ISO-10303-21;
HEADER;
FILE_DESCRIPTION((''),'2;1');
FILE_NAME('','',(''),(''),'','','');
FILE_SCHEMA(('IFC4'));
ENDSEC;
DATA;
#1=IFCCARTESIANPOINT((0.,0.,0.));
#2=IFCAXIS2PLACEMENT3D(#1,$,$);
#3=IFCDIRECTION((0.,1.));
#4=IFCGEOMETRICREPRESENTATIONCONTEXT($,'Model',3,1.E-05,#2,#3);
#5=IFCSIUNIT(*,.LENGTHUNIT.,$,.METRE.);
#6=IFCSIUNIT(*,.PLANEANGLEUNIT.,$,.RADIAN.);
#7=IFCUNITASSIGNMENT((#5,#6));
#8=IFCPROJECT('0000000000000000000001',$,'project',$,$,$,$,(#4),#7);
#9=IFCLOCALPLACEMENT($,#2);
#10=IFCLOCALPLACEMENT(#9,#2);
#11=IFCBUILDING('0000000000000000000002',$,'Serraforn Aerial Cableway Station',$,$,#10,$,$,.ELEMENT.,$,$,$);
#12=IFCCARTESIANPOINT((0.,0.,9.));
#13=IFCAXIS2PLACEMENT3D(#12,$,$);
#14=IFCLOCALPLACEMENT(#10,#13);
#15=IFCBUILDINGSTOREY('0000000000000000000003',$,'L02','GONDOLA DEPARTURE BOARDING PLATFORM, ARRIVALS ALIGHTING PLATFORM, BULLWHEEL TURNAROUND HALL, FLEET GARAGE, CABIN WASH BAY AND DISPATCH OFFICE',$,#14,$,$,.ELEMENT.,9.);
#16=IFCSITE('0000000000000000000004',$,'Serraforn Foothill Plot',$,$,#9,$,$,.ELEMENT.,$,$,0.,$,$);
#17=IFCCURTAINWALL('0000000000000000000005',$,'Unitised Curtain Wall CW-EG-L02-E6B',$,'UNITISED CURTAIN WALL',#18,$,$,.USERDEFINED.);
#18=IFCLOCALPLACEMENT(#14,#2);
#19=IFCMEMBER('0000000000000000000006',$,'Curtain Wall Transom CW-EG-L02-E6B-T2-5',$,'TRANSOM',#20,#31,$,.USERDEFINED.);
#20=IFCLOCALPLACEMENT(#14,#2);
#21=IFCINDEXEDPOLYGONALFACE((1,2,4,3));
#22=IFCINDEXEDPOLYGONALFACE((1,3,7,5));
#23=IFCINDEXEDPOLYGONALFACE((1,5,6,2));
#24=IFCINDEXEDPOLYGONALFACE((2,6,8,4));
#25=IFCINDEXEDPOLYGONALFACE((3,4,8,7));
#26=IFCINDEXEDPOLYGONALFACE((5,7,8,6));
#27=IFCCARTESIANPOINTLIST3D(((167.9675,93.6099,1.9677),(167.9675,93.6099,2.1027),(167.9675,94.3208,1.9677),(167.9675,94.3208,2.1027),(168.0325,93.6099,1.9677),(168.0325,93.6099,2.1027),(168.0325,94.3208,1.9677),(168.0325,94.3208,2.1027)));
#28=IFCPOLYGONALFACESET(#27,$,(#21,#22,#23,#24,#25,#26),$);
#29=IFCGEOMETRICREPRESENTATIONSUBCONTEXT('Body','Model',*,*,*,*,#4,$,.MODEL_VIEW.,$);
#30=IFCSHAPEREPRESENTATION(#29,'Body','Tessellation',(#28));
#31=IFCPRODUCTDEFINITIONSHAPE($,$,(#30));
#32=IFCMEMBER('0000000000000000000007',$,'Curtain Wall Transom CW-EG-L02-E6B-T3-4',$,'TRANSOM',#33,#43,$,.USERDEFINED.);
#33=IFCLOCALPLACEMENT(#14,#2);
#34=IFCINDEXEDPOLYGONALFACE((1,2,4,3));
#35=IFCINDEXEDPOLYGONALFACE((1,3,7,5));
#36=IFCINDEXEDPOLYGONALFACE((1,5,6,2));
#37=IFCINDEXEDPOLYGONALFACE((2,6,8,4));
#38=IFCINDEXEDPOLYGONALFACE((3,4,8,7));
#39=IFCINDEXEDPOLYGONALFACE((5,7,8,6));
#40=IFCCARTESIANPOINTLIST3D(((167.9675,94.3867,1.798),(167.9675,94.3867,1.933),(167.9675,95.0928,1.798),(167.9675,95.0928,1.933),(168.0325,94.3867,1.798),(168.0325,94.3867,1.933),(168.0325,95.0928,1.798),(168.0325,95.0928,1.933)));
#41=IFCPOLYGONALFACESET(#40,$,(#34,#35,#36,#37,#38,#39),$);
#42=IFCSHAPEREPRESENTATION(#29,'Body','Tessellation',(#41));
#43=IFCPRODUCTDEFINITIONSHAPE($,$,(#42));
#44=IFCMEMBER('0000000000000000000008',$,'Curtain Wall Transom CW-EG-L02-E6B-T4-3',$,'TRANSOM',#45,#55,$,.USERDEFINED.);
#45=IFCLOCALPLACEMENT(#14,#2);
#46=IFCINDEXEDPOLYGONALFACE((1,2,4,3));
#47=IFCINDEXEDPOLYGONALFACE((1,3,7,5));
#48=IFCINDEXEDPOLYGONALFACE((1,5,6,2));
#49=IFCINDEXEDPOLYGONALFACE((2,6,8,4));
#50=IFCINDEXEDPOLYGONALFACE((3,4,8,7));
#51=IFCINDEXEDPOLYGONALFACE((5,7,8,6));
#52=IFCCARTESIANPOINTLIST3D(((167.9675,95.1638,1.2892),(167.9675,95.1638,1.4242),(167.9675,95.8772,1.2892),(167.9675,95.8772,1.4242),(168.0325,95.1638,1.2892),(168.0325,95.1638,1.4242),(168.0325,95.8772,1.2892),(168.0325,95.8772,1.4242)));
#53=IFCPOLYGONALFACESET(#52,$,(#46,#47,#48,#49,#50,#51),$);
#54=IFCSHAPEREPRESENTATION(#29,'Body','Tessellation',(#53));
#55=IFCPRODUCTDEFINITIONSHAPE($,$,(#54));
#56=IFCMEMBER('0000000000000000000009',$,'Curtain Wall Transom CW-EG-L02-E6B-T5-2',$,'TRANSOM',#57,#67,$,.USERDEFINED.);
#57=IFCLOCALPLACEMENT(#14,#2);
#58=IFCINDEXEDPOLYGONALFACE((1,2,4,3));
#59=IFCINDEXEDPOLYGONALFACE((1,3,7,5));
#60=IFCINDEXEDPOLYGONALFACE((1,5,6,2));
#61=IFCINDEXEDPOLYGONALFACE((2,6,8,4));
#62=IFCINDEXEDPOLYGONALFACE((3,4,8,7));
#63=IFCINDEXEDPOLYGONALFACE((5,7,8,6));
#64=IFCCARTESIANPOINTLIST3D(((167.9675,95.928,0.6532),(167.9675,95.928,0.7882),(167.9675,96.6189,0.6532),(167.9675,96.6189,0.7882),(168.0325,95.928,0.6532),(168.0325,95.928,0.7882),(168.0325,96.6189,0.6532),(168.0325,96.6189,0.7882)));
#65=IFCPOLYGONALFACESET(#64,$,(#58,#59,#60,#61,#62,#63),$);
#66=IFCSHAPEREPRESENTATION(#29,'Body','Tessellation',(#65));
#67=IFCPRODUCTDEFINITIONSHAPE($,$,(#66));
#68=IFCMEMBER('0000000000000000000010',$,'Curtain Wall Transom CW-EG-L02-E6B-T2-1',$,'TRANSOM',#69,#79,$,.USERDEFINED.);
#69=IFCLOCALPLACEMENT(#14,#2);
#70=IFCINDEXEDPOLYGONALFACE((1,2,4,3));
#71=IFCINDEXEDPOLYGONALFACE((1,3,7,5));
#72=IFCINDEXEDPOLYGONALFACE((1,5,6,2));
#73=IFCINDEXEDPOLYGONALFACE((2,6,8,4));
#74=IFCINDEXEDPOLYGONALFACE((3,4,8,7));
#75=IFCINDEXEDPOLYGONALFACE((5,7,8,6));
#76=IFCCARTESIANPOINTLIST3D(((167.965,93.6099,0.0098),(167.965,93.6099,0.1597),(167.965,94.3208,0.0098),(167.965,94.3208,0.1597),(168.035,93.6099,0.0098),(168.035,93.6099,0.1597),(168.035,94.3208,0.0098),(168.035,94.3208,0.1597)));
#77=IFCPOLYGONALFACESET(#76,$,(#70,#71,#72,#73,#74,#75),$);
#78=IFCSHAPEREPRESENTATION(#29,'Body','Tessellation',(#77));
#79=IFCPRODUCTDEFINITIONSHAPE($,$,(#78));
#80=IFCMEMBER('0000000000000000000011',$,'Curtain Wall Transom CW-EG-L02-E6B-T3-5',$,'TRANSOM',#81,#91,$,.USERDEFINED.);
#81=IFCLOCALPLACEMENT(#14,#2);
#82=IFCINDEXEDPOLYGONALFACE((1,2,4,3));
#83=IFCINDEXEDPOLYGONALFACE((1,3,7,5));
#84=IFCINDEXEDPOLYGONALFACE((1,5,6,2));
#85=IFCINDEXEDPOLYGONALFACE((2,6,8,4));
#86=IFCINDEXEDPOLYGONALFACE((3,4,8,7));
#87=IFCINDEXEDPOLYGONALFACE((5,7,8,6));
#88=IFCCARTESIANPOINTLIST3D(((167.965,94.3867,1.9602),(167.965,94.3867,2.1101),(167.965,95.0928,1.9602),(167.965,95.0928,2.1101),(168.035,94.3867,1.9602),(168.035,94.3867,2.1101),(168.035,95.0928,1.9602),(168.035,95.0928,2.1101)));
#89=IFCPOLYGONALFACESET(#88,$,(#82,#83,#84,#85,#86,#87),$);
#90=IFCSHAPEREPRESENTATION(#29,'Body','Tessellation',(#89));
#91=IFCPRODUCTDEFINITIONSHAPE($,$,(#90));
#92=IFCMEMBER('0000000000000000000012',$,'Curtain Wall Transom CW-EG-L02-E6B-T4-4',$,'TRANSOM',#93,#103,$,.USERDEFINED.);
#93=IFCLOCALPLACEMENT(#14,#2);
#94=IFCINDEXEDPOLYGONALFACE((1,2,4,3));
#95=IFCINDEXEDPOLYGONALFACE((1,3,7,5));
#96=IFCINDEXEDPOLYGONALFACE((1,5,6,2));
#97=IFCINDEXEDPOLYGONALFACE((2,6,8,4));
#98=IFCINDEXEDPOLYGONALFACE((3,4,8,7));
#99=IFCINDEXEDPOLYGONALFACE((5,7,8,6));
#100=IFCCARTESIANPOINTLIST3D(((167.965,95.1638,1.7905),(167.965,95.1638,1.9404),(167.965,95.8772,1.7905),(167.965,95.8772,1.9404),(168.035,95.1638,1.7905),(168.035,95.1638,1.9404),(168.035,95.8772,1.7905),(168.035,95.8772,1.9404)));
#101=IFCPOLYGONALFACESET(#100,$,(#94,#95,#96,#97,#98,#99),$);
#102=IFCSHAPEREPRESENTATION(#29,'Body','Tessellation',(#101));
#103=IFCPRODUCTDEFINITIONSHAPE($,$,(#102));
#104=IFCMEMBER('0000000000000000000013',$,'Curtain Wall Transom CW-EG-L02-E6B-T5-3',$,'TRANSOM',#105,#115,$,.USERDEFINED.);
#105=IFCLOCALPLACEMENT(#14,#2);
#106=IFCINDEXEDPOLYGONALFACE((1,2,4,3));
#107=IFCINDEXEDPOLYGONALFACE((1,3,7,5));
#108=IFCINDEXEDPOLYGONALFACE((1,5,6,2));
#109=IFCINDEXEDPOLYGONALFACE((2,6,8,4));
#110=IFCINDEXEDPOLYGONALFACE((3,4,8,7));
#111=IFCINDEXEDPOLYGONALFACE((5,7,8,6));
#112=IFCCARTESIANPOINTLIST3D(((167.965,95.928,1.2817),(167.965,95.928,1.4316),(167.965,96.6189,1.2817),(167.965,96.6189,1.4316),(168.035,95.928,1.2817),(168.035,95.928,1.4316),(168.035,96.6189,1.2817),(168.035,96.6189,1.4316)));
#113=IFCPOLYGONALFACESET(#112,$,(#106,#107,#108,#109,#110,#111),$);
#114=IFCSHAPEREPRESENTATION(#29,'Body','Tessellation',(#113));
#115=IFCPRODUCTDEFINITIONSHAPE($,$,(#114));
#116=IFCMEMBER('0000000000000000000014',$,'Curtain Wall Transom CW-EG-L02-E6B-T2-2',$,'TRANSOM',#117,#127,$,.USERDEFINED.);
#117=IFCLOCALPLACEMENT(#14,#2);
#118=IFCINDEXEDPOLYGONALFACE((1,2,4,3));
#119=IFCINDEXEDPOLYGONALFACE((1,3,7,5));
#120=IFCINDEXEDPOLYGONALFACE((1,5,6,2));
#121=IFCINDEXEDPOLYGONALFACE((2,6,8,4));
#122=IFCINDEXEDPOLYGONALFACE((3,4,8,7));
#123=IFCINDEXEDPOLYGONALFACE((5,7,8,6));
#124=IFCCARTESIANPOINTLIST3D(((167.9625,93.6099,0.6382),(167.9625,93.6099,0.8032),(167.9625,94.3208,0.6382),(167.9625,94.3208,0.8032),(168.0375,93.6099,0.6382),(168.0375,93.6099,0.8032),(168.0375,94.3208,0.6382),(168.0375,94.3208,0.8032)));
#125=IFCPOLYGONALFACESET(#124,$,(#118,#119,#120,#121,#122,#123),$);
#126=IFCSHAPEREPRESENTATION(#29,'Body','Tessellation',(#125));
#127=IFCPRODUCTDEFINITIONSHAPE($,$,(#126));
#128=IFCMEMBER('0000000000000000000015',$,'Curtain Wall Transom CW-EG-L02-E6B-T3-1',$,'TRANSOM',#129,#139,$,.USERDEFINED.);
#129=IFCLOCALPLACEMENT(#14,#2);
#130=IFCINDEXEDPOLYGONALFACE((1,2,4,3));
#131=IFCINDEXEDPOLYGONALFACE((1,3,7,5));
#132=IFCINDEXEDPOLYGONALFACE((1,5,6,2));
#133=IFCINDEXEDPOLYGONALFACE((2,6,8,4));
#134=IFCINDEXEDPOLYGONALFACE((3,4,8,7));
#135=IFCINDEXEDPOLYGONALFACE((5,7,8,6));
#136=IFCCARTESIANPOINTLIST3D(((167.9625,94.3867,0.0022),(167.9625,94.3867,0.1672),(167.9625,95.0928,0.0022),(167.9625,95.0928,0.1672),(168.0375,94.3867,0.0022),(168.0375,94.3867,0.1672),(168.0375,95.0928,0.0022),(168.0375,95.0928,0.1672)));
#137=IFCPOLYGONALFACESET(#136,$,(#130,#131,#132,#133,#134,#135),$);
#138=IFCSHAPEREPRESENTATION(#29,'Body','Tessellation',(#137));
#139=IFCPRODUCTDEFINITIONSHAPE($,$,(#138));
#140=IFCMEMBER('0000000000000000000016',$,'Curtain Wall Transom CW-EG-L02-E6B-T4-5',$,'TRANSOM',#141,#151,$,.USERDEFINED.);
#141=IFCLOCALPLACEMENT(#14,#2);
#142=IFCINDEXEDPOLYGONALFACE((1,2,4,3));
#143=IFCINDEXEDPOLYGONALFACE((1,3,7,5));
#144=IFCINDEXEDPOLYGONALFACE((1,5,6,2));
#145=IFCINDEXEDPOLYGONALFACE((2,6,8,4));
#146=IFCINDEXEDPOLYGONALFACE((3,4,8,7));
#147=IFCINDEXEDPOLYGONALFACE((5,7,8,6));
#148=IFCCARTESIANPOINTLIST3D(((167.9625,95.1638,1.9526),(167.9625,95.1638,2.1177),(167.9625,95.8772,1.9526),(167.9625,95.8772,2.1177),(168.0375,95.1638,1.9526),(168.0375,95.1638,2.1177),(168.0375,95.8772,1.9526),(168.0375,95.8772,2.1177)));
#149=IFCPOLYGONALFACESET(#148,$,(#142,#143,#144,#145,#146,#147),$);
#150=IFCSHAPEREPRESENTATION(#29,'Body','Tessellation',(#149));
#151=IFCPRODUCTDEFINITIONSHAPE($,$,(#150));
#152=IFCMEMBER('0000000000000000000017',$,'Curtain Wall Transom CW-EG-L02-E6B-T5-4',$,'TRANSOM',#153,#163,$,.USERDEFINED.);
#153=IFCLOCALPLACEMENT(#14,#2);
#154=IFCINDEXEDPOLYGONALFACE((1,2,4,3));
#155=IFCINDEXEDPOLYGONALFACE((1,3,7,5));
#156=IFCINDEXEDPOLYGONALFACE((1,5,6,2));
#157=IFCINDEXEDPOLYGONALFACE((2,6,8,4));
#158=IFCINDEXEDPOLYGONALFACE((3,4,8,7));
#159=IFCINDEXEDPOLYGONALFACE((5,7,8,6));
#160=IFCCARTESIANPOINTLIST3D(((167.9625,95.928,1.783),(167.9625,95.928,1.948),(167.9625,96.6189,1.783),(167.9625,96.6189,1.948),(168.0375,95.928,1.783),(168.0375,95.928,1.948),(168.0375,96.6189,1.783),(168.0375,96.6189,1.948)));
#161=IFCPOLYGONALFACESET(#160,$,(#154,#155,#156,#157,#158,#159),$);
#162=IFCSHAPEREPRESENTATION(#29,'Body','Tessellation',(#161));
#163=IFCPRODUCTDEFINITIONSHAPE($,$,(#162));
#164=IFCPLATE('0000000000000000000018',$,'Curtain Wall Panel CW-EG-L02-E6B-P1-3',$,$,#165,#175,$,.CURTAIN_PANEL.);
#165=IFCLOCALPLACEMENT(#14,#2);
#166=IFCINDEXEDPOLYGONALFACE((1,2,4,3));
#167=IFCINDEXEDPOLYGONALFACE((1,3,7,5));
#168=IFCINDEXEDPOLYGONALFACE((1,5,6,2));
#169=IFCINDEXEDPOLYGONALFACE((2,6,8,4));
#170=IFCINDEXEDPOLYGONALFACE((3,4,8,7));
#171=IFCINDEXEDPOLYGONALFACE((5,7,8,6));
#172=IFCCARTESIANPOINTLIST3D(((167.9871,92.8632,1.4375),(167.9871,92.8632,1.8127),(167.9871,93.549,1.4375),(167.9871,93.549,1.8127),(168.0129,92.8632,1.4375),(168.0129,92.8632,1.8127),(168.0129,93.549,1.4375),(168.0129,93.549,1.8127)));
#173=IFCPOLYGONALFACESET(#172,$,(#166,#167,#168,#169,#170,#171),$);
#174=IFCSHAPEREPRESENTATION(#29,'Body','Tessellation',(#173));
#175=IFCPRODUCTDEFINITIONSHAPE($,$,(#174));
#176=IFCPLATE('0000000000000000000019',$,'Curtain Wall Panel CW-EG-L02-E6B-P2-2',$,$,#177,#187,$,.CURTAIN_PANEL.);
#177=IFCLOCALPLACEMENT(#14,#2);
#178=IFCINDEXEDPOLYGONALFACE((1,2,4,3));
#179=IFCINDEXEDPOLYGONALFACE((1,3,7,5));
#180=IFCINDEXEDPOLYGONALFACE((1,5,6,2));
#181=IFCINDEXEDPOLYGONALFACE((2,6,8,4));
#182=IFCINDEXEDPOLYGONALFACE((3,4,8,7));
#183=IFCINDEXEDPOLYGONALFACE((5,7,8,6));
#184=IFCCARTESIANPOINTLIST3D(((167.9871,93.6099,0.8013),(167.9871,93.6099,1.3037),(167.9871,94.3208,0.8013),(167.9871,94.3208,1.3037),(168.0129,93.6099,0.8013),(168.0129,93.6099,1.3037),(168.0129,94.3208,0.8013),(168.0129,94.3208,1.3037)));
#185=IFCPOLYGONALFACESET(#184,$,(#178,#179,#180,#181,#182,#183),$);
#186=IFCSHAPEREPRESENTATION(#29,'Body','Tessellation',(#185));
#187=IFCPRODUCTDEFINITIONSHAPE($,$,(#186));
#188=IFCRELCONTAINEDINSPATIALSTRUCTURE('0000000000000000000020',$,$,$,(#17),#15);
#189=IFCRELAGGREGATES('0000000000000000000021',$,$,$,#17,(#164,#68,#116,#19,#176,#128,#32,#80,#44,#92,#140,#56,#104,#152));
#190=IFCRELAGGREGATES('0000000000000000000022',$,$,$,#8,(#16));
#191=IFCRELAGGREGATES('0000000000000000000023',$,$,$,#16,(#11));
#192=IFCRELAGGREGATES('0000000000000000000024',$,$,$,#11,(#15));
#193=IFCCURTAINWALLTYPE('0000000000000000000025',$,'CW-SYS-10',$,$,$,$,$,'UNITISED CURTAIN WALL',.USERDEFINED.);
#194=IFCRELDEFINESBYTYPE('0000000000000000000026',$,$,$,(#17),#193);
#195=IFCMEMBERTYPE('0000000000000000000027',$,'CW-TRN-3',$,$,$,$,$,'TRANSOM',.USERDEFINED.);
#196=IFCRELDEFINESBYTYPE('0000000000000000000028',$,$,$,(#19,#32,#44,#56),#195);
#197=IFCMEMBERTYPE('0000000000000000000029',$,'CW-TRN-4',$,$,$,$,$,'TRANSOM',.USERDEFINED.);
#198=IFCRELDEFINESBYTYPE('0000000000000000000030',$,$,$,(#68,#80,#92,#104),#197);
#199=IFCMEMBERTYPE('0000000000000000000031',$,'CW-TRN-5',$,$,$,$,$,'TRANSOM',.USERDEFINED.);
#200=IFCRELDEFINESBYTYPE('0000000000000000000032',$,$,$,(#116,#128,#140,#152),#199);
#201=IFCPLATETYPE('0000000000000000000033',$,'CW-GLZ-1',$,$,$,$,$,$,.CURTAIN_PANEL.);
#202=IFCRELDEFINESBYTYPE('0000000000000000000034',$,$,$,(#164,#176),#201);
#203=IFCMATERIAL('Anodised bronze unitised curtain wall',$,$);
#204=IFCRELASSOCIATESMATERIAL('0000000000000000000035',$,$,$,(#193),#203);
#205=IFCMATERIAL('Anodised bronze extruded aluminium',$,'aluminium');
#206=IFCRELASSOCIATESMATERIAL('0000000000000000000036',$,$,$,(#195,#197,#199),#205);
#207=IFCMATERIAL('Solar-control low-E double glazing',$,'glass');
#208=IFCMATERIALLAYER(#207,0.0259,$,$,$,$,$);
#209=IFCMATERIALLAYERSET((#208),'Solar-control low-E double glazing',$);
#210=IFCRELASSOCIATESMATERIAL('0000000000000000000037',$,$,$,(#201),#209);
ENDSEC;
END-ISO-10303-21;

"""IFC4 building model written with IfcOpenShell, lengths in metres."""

from ifc_helpers import new_model, si_unit, direction, frame, origin, origin_2d, place, context, subcontext, project, spatial, rectangle, extrude, material, layer, layer_set, material_profile, profile_set, type_object, element, aggregate, save


model = new_model("IFC4")

# Units and contexts
model_context = context("Model", 3, precision=1e-05, world=origin(), true_north=direction((0.0, 1.0)))
body_context = subcontext(model_context, "Body", "Model", "MODEL_VIEW")
ifc_project = project(units=[si_unit("LENGTHUNIT", "METRE"), si_unit("PLANEANGLEUNIT", "RADIAN")], contexts=[model_context])

# Site, building, storey
site_placement = place(None, origin())
site = spatial("IfcSite", under=ifc_project, at=site_placement, Name="Serraforn Foothill Plot", CompositionType="ELEMENT", RefElevation=0.0)
building_placement = place(site_placement, origin())
building = spatial("IfcBuilding", under=site, at=building_placement, Name="Serraforn Aerial Cableway Station", CompositionType="ELEMENT")
storey_placement = place(building_placement, frame((0.0, 0.0, 9.0)))
storey = spatial("IfcBuildingStorey", under=building, at=storey_placement, Name="L02", Description="GONDOLA DEPARTURE BOARDING PLATFORM, ARRIVALS ALIGHTING PLATFORM, BULLWHEEL TURNAROUND HALL, FLEET GARAGE, CABIN WASH BAY AND DISPATCH OFFICE", CompositionType="ELEMENT", Elevation=9.0)

# Curtain wall, members, plates
ifc_material_1 = material(Name="Anodised bronze unitised curtain wall")
curtain_wall_type = type_object("IfcCurtainWallType", Name="CW-SYS-10", ElementType="UNITISED CURTAIN WALL", PredefinedType="USERDEFINED", material=ifc_material_1)
curtain_wall_placement = place(storey_placement, origin())
curtain_wall = element("IfcCurtainWall", 1, at=curtain_wall_placement, inside=storey, type_object=curtain_wall_type, Name="Unitised Curtain Wall CW-EG-L02-E6B", ObjectType="UNITISED CURTAIN WALL", PredefinedType="USERDEFINED")
ifc_material_2 = material(Name="Anodised bronze extruded aluminium", Category="aluminium")
ifc_material_profile_1 = material_profile(ifc_material_2, rectangle(XDim=0.0649, YDim=0.135, at=origin_2d()), Name="CW TRANSOM 65x135")
ifc_profile_set_1 = profile_set([ifc_material_profile_1], Name="Anodised bronze extruded aluminium")
member_type_1 = type_object("IfcMemberType", Name="CW-TRN-3", ElementType="TRANSOM", PredefinedType="USERDEFINED", material=ifc_profile_set_1)
member_1_placement = place(storey_placement, frame((168.0, 93.6099, 2.0352), z_axis=(0.0, 1.0, 0.0), x_axis=(-1.0, 0.0, 0.0)))
member_1 = element("IfcMember", 2, at=member_1_placement, type_object=member_type_1, Name="Curtain Wall Transom CW-EG-L02-E6B-T2-5", ObjectType="TRANSOM", PredefinedType="USERDEFINED", context=body_context, shape_type="SweptSolid", body=[
    extrude(rectangle(XDim=0.0649, YDim=0.135, at=origin_2d()), origin(), (0.0, 0.0, 1.0), 0.7109),
])
member_2_placement = place(storey_placement, frame((168.0, 94.3867, 1.8655), z_axis=(0.0, 1.0, 0.0), x_axis=(-1.0, 0.0, 0.0)))
member_2 = element("IfcMember", 3, at=member_2_placement, type_object=member_type_1, Name="Curtain Wall Transom CW-EG-L02-E6B-T3-4", ObjectType="TRANSOM", PredefinedType="USERDEFINED", context=body_context, shape_type="SweptSolid", body=[
    extrude(rectangle(XDim=0.0649, YDim=0.135, at=origin_2d()), origin(), (0.0, 0.0, 1.0), 0.7061),
])
member_3_placement = place(storey_placement, frame((168.0, 95.1638, 1.3567), z_axis=(0.0, 1.0, 0.0), x_axis=(-1.0, 0.0, 0.0)))
member_3 = element("IfcMember", 4, at=member_3_placement, type_object=member_type_1, Name="Curtain Wall Transom CW-EG-L02-E6B-T4-3", ObjectType="TRANSOM", PredefinedType="USERDEFINED", context=body_context, shape_type="SweptSolid", body=[
    extrude(rectangle(XDim=0.0649, YDim=0.135, at=origin_2d()), origin(), (0.0, 0.0, 1.0), 0.7134),
])
member_4_placement = place(storey_placement, frame((168.0, 95.928, 0.7207), z_axis=(0.0, 1.0, 0.0), x_axis=(-1.0, 0.0, 0.0)))
member_4 = element("IfcMember", 5, at=member_4_placement, type_object=member_type_1, Name="Curtain Wall Transom CW-EG-L02-E6B-T5-2", ObjectType="TRANSOM", PredefinedType="USERDEFINED", context=body_context, shape_type="SweptSolid", body=[
    extrude(rectangle(XDim=0.0649, YDim=0.135, at=origin_2d()), origin(), (0.0, 0.0, 1.0), 0.6909),
])
ifc_material_profile_2 = material_profile(ifc_material_2, rectangle(XDim=0.0701, YDim=0.1499, at=origin_2d()), Name="CW TRANSOM 70x150")
ifc_profile_set_2 = profile_set([ifc_material_profile_2], Name="Anodised bronze extruded aluminium")
member_type_2 = type_object("IfcMemberType", Name="CW-TRN-4", ElementType="TRANSOM", PredefinedType="USERDEFINED", material=ifc_profile_set_2)
member_5_placement = place(storey_placement, frame((168.0, 93.6099, 0.0847), z_axis=(0.0, 1.0, 0.0), x_axis=(-1.0, 0.0, 0.0)))
member_5 = element("IfcMember", 6, at=member_5_placement, type_object=member_type_2, Name="Curtain Wall Transom CW-EG-L02-E6B-T2-1", ObjectType="TRANSOM", PredefinedType="USERDEFINED", context=body_context, shape_type="SweptSolid", body=[
    extrude(rectangle(XDim=0.0701, YDim=0.1499, at=origin_2d()), origin(), (0.0, 0.0, 1.0), 0.7109),
])
member_6_placement = place(storey_placement, frame((168.0, 94.3867, 2.0352), z_axis=(0.0, 1.0, 0.0), x_axis=(-1.0, 0.0, 0.0)))
member_6 = element("IfcMember", 7, at=member_6_placement, type_object=member_type_2, Name="Curtain Wall Transom CW-EG-L02-E6B-T3-5", ObjectType="TRANSOM", PredefinedType="USERDEFINED", context=body_context, shape_type="SweptSolid", body=[
    extrude(rectangle(XDim=0.0701, YDim=0.1499, at=origin_2d()), origin(), (0.0, 0.0, 1.0), 0.7061),
])
member_7_placement = place(storey_placement, frame((168.0, 95.1638, 1.8655), z_axis=(0.0, 1.0, 0.0), x_axis=(-1.0, 0.0, 0.0)))
member_7 = element("IfcMember", 8, at=member_7_placement, type_object=member_type_2, Name="Curtain Wall Transom CW-EG-L02-E6B-T4-4", ObjectType="TRANSOM", PredefinedType="USERDEFINED", context=body_context, shape_type="SweptSolid", body=[
    extrude(rectangle(XDim=0.0701, YDim=0.1499, at=origin_2d()), origin(), (0.0, 0.0, 1.0), 0.7134),
])
member_8_placement = place(storey_placement, frame((168.0, 95.928, 1.3567), z_axis=(0.0, 1.0, 0.0), x_axis=(-1.0, 0.0, 0.0)))
member_8 = element("IfcMember", 9, at=member_8_placement, type_object=member_type_2, Name="Curtain Wall Transom CW-EG-L02-E6B-T5-3", ObjectType="TRANSOM", PredefinedType="USERDEFINED", context=body_context, shape_type="SweptSolid", body=[
    extrude(rectangle(XDim=0.0701, YDim=0.1499, at=origin_2d()), origin(), (0.0, 0.0, 1.0), 0.6909),
])
ifc_material_profile_3 = material_profile(ifc_material_2, rectangle(XDim=0.075, YDim=0.165, at=origin_2d()), Name="CW TRANSOM 75x165")
ifc_profile_set_3 = profile_set([ifc_material_profile_3], Name="Anodised bronze extruded aluminium")
member_type_3 = type_object("IfcMemberType", Name="CW-TRN-5", ElementType="TRANSOM", PredefinedType="USERDEFINED", material=ifc_profile_set_3)
member_9_placement = place(storey_placement, frame((168.0, 93.6099, 0.7207), z_axis=(0.0, 1.0, 0.0), x_axis=(-1.0, 0.0, 0.0)))
member_9 = element("IfcMember", 10, at=member_9_placement, type_object=member_type_3, Name="Curtain Wall Transom CW-EG-L02-E6B-T2-2", ObjectType="TRANSOM", PredefinedType="USERDEFINED", context=body_context, shape_type="SweptSolid", body=[
    extrude(rectangle(XDim=0.075, YDim=0.165, at=origin_2d()), origin(), (0.0, 0.0, 1.0), 0.7109),
])
member_10_placement = place(storey_placement, frame((168.0, 94.3867, 0.0847), z_axis=(0.0, 1.0, 0.0), x_axis=(-1.0, 0.0, 0.0)))
member_10 = element("IfcMember", 11, at=member_10_placement, type_object=member_type_3, Name="Curtain Wall Transom CW-EG-L02-E6B-T3-1", ObjectType="TRANSOM", PredefinedType="USERDEFINED", context=body_context, shape_type="SweptSolid", body=[
    extrude(rectangle(XDim=0.075, YDim=0.165, at=origin_2d()), origin(), (0.0, 0.0, 1.0), 0.7061),
])
member_11_placement = place(storey_placement, frame((168.0, 95.1638, 2.0352), z_axis=(0.0, 1.0, 0.0), x_axis=(-1.0, 0.0, 0.0)))
member_11 = element("IfcMember", 12, at=member_11_placement, type_object=member_type_3, Name="Curtain Wall Transom CW-EG-L02-E6B-T4-5", ObjectType="TRANSOM", PredefinedType="USERDEFINED", context=body_context, shape_type="SweptSolid", body=[
    extrude(rectangle(XDim=0.075, YDim=0.165, at=origin_2d()), origin(), (0.0, 0.0, 1.0), 0.7134),
])
member_12_placement = place(storey_placement, frame((168.0, 95.928, 1.8655), z_axis=(0.0, 1.0, 0.0), x_axis=(-1.0, 0.0, 0.0)))
member_12 = element("IfcMember", 13, at=member_12_placement, type_object=member_type_3, Name="Curtain Wall Transom CW-EG-L02-E6B-T5-4", ObjectType="TRANSOM", PredefinedType="USERDEFINED", context=body_context, shape_type="SweptSolid", body=[
    extrude(rectangle(XDim=0.075, YDim=0.165, at=origin_2d()), origin(), (0.0, 0.0, 1.0), 0.6909),
])
ifc_material_3 = material(Name="Solar-control low-E double glazing", Category="glass")
ifc_layer_1 = layer(ifc_material_3, 0.0259)
ifc_layer_set_1 = layer_set([ifc_layer_1], Name="Solar-control low-E double glazing")
plate_type_1 = type_object("IfcPlateType", Name="CW-GLZ-1", PredefinedType="CURTAIN_PANEL", material=ifc_layer_set_1)
plate_1_placement = place(storey_placement, frame((168.0, 93.2061, 1.4375), z_axis=(0.0, 0.0, 1.0), x_axis=(1.0, 0.0, 0.0)))
plate_1 = element("IfcPlate", 14, at=plate_1_placement, type_object=plate_type_1, Name="Curtain Wall Panel CW-EG-L02-E6B-P1-3", PredefinedType="CURTAIN_PANEL", context=body_context, shape_type="SweptSolid", body=[
    extrude(rectangle(XDim=0.0259, YDim=0.6858, at=origin_2d()), origin(), (0.0, 0.0, 1.0), 0.3752),
])
plate_2_placement = place(storey_placement, frame((168.0, 93.9653, 0.8013), z_axis=(0.0, 0.0, 1.0), x_axis=(1.0, 0.0, 0.0)))
plate_2 = element("IfcPlate", 15, at=plate_2_placement, type_object=plate_type_1, Name="Curtain Wall Panel CW-EG-L02-E6B-P2-2", PredefinedType="CURTAIN_PANEL", context=body_context, shape_type="SweptSolid", body=[
    extrude(rectangle(XDim=0.0259, YDim=0.7109, at=origin_2d()), origin(), (0.0, 0.0, 1.0), 0.5024),
])
aggregate(curtain_wall, [plate_1, member_5, member_9, member_1, plate_2, member_10, member_2, member_6, member_3, member_7, member_11, member_4, member_8, member_12])

save(model, "model.ifc")
